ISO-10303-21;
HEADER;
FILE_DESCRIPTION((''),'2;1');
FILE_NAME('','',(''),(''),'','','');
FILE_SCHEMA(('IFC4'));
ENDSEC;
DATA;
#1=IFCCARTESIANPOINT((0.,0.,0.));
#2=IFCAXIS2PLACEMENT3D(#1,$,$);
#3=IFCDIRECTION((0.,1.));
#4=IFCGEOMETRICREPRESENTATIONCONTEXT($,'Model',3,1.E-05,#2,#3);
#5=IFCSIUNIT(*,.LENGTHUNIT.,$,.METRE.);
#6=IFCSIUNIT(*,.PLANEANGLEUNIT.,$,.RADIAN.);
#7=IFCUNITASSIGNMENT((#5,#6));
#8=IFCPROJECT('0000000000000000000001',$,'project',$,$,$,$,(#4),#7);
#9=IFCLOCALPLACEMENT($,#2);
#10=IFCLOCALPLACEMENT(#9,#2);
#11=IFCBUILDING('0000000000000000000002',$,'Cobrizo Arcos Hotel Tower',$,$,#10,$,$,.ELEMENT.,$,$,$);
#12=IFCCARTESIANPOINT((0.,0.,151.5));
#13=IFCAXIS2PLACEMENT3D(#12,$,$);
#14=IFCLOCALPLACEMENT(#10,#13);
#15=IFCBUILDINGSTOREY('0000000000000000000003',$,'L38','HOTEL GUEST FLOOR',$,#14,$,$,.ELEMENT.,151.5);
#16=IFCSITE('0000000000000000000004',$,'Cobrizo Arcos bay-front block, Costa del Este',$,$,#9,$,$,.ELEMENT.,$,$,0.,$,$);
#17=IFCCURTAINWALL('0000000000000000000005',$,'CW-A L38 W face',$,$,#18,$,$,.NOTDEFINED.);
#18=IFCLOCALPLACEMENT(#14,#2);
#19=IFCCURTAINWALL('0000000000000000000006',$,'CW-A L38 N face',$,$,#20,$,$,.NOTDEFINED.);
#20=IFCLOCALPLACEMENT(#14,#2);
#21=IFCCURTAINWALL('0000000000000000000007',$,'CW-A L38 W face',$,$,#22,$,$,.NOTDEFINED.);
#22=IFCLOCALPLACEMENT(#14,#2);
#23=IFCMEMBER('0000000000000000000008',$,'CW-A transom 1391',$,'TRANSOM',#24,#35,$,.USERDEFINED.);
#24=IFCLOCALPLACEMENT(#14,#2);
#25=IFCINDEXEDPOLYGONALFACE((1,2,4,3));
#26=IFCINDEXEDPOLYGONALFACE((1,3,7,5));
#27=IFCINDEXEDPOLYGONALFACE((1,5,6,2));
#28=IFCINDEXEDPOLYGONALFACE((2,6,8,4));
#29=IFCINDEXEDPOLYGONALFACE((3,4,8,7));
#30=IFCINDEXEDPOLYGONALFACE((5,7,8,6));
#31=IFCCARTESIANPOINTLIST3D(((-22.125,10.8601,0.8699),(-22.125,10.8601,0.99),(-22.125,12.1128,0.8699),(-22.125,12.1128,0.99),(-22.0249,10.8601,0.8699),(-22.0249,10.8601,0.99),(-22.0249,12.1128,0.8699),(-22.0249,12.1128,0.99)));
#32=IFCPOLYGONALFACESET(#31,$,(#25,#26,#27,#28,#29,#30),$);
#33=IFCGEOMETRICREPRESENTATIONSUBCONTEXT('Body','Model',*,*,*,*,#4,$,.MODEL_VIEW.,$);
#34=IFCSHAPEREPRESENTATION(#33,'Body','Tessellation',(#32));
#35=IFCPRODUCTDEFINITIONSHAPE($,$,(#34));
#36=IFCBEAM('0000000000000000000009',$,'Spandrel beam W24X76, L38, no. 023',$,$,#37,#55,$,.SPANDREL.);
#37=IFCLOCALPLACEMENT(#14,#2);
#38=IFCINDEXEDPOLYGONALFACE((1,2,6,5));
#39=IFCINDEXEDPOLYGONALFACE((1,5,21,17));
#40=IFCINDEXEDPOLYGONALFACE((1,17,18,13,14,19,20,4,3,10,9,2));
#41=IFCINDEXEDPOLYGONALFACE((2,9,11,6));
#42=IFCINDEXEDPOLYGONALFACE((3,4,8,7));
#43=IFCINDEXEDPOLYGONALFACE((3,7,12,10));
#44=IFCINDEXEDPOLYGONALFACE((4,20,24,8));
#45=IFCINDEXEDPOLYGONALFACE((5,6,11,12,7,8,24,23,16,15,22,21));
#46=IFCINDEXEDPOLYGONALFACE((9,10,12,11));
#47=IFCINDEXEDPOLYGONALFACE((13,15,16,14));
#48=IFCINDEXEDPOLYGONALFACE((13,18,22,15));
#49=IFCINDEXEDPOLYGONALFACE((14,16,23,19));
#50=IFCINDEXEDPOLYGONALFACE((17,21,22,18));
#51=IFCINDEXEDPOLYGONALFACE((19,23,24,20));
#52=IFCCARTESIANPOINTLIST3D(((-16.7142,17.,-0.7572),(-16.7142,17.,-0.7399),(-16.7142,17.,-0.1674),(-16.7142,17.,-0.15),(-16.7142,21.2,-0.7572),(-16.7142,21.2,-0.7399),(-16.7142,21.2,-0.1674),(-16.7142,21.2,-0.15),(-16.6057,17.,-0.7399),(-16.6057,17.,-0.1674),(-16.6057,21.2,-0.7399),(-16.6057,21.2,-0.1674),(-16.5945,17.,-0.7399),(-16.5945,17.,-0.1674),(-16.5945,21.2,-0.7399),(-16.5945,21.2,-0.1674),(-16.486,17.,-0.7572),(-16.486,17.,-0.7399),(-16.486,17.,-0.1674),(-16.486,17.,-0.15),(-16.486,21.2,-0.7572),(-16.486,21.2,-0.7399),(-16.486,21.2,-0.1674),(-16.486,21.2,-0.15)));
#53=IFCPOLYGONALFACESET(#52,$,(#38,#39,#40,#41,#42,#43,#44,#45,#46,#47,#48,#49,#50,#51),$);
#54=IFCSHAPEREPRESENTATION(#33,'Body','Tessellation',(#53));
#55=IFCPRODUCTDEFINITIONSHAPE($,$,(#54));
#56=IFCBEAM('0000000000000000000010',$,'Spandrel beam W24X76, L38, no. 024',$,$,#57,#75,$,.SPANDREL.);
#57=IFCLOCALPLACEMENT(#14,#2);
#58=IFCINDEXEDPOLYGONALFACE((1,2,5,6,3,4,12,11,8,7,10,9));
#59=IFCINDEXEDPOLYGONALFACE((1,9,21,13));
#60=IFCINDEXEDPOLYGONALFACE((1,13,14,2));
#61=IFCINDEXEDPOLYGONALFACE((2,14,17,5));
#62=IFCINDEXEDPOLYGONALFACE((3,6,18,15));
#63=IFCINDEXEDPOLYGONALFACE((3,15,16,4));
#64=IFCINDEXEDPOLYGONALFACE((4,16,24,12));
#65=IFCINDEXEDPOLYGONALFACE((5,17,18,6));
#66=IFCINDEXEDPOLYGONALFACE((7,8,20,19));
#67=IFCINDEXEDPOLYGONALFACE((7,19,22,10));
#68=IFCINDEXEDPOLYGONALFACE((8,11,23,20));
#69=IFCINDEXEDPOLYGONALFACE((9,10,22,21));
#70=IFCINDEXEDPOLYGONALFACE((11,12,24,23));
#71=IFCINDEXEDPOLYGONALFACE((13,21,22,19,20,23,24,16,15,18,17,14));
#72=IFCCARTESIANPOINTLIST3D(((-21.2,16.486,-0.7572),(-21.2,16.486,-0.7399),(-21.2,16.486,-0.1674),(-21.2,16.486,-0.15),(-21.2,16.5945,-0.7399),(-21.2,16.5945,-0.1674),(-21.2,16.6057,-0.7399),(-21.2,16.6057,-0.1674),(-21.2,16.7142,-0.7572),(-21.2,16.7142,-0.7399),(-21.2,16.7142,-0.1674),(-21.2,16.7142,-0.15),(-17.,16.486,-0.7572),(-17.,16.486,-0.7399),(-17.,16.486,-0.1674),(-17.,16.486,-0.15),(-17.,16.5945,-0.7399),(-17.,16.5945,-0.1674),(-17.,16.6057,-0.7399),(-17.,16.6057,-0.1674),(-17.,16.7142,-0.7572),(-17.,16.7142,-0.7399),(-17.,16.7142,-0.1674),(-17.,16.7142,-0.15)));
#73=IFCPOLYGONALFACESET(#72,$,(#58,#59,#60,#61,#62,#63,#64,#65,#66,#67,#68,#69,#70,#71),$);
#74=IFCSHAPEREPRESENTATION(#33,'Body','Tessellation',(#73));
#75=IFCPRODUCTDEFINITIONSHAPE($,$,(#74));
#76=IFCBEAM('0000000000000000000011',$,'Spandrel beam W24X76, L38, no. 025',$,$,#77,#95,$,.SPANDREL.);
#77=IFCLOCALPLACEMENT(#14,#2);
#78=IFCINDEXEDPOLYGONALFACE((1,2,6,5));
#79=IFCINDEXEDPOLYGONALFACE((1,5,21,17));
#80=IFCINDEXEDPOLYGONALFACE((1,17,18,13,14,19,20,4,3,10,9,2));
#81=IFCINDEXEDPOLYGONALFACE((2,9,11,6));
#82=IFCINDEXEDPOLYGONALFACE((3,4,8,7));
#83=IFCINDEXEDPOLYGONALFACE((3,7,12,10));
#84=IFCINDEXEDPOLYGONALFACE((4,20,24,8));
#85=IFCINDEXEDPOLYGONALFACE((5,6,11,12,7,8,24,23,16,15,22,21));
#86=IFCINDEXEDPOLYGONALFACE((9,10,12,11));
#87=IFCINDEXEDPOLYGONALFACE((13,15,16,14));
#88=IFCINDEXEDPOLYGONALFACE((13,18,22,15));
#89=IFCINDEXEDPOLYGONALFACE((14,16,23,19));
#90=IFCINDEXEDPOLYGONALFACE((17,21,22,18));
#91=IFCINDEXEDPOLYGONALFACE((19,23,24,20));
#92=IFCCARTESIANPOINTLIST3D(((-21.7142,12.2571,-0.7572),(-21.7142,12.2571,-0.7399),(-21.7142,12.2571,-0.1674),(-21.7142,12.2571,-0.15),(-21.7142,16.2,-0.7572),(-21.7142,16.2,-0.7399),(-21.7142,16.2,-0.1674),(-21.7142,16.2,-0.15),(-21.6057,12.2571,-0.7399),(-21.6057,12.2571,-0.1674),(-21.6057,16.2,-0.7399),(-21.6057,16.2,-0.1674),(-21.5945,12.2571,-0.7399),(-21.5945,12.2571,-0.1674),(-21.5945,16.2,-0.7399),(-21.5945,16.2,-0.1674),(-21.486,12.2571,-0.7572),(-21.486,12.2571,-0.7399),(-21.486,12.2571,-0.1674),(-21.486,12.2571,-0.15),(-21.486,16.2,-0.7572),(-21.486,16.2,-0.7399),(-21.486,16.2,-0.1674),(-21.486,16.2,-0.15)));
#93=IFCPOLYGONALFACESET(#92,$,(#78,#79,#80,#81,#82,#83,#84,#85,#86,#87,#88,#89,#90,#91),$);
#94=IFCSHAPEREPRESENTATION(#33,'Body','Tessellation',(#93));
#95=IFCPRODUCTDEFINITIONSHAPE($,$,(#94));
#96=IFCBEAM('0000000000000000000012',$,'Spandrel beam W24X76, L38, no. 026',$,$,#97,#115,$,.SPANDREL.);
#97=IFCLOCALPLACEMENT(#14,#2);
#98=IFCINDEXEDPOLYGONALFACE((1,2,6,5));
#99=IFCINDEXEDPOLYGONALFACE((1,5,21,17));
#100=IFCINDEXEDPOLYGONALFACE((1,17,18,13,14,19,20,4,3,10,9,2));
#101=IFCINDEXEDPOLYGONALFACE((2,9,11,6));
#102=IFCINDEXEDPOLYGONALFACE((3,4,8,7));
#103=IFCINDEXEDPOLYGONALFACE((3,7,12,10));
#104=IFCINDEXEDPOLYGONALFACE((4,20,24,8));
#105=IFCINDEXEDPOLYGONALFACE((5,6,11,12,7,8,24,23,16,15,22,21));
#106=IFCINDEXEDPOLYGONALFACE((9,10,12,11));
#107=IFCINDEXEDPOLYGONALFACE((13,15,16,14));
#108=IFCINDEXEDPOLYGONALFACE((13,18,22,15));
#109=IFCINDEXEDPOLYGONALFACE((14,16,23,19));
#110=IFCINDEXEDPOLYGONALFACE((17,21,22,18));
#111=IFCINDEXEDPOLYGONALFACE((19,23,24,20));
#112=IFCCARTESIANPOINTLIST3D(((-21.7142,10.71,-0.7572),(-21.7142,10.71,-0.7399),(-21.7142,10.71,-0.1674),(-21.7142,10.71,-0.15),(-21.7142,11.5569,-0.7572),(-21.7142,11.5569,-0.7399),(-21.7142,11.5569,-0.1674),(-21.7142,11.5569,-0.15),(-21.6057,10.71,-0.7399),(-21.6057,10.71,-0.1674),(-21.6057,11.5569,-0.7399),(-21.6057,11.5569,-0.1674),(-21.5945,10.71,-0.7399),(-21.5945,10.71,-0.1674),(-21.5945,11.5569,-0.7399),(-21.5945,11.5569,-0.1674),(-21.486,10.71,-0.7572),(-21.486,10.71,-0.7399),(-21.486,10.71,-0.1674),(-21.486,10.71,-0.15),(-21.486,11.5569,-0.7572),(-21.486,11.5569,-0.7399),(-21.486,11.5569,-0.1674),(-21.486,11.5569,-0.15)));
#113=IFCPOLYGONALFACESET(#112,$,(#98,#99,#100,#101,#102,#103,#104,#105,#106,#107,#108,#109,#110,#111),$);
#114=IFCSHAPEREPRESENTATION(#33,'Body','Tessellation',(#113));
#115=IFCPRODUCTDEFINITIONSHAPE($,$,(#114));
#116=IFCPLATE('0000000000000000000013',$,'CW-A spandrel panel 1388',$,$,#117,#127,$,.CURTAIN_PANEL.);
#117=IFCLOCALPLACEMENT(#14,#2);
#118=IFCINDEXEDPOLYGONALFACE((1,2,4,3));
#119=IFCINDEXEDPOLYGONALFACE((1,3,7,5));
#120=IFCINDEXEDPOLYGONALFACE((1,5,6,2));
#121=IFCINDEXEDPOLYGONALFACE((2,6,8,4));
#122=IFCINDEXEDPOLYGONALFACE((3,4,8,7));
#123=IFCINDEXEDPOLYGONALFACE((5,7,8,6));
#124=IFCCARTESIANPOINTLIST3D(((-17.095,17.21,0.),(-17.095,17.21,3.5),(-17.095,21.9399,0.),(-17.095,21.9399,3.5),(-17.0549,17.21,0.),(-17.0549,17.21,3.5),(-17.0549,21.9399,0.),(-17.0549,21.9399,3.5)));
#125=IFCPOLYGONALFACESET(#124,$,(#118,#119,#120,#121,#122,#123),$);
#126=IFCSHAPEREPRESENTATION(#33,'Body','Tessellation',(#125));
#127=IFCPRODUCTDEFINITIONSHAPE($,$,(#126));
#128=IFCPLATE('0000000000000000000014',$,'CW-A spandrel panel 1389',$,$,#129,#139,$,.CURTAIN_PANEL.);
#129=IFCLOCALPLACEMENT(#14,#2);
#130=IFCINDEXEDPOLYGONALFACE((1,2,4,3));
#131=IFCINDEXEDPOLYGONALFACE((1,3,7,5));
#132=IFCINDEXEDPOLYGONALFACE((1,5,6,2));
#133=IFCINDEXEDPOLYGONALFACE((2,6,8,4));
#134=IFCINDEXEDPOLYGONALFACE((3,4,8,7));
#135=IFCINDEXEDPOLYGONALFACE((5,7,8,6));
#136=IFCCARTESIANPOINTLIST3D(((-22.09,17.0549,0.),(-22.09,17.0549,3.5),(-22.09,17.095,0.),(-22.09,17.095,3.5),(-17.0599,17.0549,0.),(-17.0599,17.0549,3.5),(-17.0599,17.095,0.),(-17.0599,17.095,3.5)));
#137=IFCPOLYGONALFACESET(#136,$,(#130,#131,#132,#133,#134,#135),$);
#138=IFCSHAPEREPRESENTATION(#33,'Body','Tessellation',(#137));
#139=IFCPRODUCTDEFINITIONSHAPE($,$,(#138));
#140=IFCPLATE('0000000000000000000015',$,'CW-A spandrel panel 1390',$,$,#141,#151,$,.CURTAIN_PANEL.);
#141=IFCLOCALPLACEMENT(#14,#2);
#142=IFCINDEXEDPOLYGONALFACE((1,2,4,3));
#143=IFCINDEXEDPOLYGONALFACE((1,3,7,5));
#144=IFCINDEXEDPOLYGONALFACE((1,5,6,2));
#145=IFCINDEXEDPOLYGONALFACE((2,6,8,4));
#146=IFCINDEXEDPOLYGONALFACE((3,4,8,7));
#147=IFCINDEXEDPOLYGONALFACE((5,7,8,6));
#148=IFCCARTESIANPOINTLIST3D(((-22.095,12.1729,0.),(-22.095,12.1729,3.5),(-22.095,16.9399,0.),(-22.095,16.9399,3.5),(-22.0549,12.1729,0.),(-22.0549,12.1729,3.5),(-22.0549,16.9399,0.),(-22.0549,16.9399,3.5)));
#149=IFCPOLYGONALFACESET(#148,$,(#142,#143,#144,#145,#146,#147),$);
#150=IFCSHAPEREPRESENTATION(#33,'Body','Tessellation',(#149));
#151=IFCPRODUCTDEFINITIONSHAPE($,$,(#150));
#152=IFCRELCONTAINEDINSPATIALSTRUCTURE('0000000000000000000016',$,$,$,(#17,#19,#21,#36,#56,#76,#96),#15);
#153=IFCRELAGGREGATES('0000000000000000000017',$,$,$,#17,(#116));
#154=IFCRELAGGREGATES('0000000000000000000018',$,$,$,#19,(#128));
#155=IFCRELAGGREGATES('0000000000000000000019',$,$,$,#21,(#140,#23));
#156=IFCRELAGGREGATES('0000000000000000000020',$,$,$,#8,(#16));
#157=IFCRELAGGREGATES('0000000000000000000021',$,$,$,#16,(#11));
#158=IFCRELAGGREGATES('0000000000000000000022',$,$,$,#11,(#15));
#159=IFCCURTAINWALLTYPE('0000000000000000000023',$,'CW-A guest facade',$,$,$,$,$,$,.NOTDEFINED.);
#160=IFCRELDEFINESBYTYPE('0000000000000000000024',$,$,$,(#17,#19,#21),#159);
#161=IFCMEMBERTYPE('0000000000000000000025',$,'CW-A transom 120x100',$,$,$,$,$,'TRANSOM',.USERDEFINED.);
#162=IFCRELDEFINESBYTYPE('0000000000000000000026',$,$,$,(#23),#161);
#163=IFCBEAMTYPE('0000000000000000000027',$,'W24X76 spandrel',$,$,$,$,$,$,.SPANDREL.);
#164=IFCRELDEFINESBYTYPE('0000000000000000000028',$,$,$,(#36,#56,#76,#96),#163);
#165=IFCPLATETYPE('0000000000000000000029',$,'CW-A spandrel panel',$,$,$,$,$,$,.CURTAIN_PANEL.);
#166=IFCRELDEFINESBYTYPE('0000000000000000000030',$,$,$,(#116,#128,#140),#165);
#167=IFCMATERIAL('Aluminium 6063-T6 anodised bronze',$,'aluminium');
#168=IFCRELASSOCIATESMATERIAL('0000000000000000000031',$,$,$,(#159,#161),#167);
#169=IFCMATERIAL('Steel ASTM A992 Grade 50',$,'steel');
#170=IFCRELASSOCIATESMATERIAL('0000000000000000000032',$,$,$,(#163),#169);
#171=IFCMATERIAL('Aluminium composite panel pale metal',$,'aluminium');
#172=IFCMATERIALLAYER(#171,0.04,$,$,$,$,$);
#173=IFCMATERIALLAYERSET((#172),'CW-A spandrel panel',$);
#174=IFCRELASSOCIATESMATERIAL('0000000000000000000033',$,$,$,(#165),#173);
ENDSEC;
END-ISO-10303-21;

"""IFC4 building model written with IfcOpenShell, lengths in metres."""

from ifc_helpers import new_model, si_unit, direction, frame, origin, origin_2d, place, context, subcontext, project, spatial, rectangle, i_section, extrude, material, layer, layer_set, material_profile, profile_set, type_object, element, aggregate, save


model = new_model("IFC4")

# Units and contexts
model_context = context("Model", 3, precision=1e-05, world=origin(), true_north=direction((0.0, 1.0)))
body_context = subcontext(model_context, "Body", "Model", "MODEL_VIEW")
ifc_project = project(units=[si_unit("LENGTHUNIT", "METRE"), si_unit("PLANEANGLEUNIT", "RADIAN")], contexts=[model_context])

# Site, building, storey
site_placement = place(None, origin())
site = spatial("IfcSite", under=ifc_project, at=site_placement, Name="Cobrizo Arcos bay-front block, Costa del Este", CompositionType="ELEMENT", RefElevation=0.0)
building_placement = place(site_placement, origin())
building = spatial("IfcBuilding", under=site, at=building_placement, Name="Cobrizo Arcos Hotel Tower", CompositionType="ELEMENT")
storey_placement = place(building_placement, frame((0.0, 0.0, 151.5)))
storey = spatial("IfcBuildingStorey", under=building, at=storey_placement, Name="L38", Description="HOTEL GUEST FLOOR", CompositionType="ELEMENT", Elevation=151.5)

# Shared definitions
ifc_material_1 = material(Name="Aluminium 6063-T6 anodised bronze", Category="aluminium")
curtain_wall_type = type_object("IfcCurtainWallType", Name="CW-A guest facade", PredefinedType="NOTDEFINED", material=ifc_material_1)

# Curtain walls, member
curtain_wall_1_placement = place(storey_placement, origin())
curtain_wall_1 = element("IfcCurtainWall", 1, at=curtain_wall_1_placement, inside=storey, type_object=curtain_wall_type, Name="CW-A L38 W face", PredefinedType="NOTDEFINED")
curtain_wall_2_placement = place(storey_placement, origin())
curtain_wall_2 = element("IfcCurtainWall", 2, at=curtain_wall_2_placement, inside=storey, type_object=curtain_wall_type, Name="CW-A L38 N face", PredefinedType="NOTDEFINED")
curtain_wall_3_placement = place(storey_placement, origin())
curtain_wall_3 = element("IfcCurtainWall", 3, at=curtain_wall_3_placement, inside=storey, type_object=curtain_wall_type, Name="CW-A L38 W face", PredefinedType="NOTDEFINED")
ifc_material_profile_1 = material_profile(ifc_material_1, rectangle(XDim=0.1001, YDim=0.1201, at=origin_2d()), Name="CW-A transom 120x100")
ifc_profile_set_1 = profile_set([ifc_material_profile_1], Name="Aluminium 6063-T6 anodised bronze")
member_type_1 = type_object("IfcMemberType", Name="CW-A transom 120x100", ElementType="TRANSOM", PredefinedType="USERDEFINED", material=ifc_profile_set_1)
member_1_placement = place(storey_placement, frame((-22.075, 12.1128, 0.9299), z_axis=(0.0, -1.0, 0.0), x_axis=(1.0, 0.0, 0.0)))
member_1 = element("IfcMember", 4, at=member_1_placement, type_object=member_type_1, Name="CW-A transom 1391", ObjectType="TRANSOM", PredefinedType="USERDEFINED", context=body_context, shape_type="SweptSolid", body=[
    extrude(rectangle(XDim=0.1001, YDim=0.1201, at=origin_2d()), origin(), (0.0, 0.0, 1.0), 1.2527),
])

# Beams
ifc_material_2 = material(Name="Steel ASTM A992 Grade 50", Category="steel")
ifc_material_profile_2 = material_profile(ifc_material_2, i_section(OverallWidth=0.2283, OverallDepth=0.6072, WebThickness=0.0112, FlangeThickness=0.0173, at=origin_2d()), Name="W24X76")
ifc_profile_set_2 = profile_set([ifc_material_profile_2], Name="Steel ASTM A992 Grade 50")
beam_type_1 = type_object("IfcBeamType", Name="W24X76 spandrel", PredefinedType="SPANDREL", material=ifc_profile_set_2)
for number, where, z_axis, x_axis, name in (
    (5, (-16.6001, 21.2, -0.4536), (0.0, -1.0, 0.0), (1.0, 0.0, 0.0), "Spandrel beam W24X76, L38, no. 023"),
    (6, (-17.0, 16.6001, -0.4536), (-1.0, 0.0, 0.0), (0.0, -1.0, 0.0), "Spandrel beam W24X76, L38, no. 024"),
):
    element("IfcBeam", number, at=place(storey_placement, frame(where, z_axis=z_axis, x_axis=x_axis)), inside=storey, type_object=beam_type_1, Name=name, PredefinedType="SPANDREL", context=body_context, shape_type="SweptSolid", body=[
        extrude(i_section(OverallWidth=0.2283, OverallDepth=0.6072, WebThickness=0.0112, FlangeThickness=0.0173, at=origin_2d()), origin(), (0.0, 0.0, 1.0), 4.2),
    ])
beam_1_placement = place(storey_placement, frame((-21.6001, 16.2, -0.4536), z_axis=(0.0, -1.0, 0.0), x_axis=(1.0, 0.0, 0.0)))
element("IfcBeam", 7, at=beam_1_placement, inside=storey, type_object=beam_type_1, Name="Spandrel beam W24X76, L38, no. 025", PredefinedType="SPANDREL", context=body_context, shape_type="SweptSolid", body=[
    extrude(i_section(OverallWidth=0.2283, OverallDepth=0.6072, WebThickness=0.0112, FlangeThickness=0.0173, at=origin_2d()), origin(), (0.0, 0.0, 1.0), 3.9429),
])
beam_2_placement = place(storey_placement, frame((-21.6001, 11.5569, -0.4536), z_axis=(0.0, -1.0, 0.0), x_axis=(1.0, 0.0, 0.0)))
element("IfcBeam", 8, at=beam_2_placement, inside=storey, type_object=beam_type_1, Name="Spandrel beam W24X76, L38, no. 026", PredefinedType="SPANDREL", context=body_context, shape_type="SweptSolid", body=[
    extrude(i_section(OverallWidth=0.2283, OverallDepth=0.6072, WebThickness=0.0112, FlangeThickness=0.0173, at=origin_2d()), origin(), (0.0, 0.0, 1.0), 0.8469),
])

# Plates
ifc_material_3 = material(Name="Aluminium composite panel pale metal", Category="aluminium")
ifc_layer_1 = layer(ifc_material_3, 0.04)
ifc_layer_set_1 = layer_set([ifc_layer_1], Name="CW-A spandrel panel")
plate_type = type_object("IfcPlateType", Name="CW-A spandrel panel", PredefinedType="CURTAIN_PANEL", material=ifc_layer_set_1)
plate_1_placement = place(storey_placement, frame((-17.075, 19.575, 0.0), z_axis=(0.0, 0.0, 1.0), x_axis=(0.0, -1.0, 0.0)))
plate_1 = element("IfcPlate", 9, at=plate_1_placement, type_object=plate_type, Name="CW-A spandrel panel 1388", PredefinedType="CURTAIN_PANEL", context=body_context, shape_type="SweptSolid", body=[
    extrude(rectangle(XDim=4.73, YDim=0.04, at=origin_2d()), origin(), (0.0, 0.0, 1.0), 3.5),
])
aggregate(curtain_wall_1, [plate_1])
plate_2_placement = place(storey_placement, frame((-19.575, 17.075, 0.0), z_axis=(0.0, 0.0, 1.0), x_axis=(-1.0, 0.0, 0.0)))
plate_2 = element("IfcPlate", 10, at=plate_2_placement, type_object=plate_type, Name="CW-A spandrel panel 1389", PredefinedType="CURTAIN_PANEL", context=body_context, shape_type="SweptSolid", body=[
    extrude(rectangle(XDim=5.03, YDim=0.04, at=origin_2d()), origin(), (0.0, 0.0, 1.0), 3.5),
])
aggregate(curtain_wall_2, [plate_2])
plate_3_placement = place(storey_placement, frame((-22.075, 14.5564, 0.0), z_axis=(0.0, 0.0, 1.0), x_axis=(0.0, -1.0, 0.0)))
plate_3 = element("IfcPlate", 11, at=plate_3_placement, type_object=plate_type, Name="CW-A spandrel panel 1390", PredefinedType="CURTAIN_PANEL", context=body_context, shape_type="SweptSolid", body=[
    extrude(rectangle(XDim=4.7671, YDim=0.04, at=origin_2d()), origin(), (0.0, 0.0, 1.0), 3.5),
])
aggregate(curtain_wall_3, [plate_3, member_1])

save(model, "model.ifc")
